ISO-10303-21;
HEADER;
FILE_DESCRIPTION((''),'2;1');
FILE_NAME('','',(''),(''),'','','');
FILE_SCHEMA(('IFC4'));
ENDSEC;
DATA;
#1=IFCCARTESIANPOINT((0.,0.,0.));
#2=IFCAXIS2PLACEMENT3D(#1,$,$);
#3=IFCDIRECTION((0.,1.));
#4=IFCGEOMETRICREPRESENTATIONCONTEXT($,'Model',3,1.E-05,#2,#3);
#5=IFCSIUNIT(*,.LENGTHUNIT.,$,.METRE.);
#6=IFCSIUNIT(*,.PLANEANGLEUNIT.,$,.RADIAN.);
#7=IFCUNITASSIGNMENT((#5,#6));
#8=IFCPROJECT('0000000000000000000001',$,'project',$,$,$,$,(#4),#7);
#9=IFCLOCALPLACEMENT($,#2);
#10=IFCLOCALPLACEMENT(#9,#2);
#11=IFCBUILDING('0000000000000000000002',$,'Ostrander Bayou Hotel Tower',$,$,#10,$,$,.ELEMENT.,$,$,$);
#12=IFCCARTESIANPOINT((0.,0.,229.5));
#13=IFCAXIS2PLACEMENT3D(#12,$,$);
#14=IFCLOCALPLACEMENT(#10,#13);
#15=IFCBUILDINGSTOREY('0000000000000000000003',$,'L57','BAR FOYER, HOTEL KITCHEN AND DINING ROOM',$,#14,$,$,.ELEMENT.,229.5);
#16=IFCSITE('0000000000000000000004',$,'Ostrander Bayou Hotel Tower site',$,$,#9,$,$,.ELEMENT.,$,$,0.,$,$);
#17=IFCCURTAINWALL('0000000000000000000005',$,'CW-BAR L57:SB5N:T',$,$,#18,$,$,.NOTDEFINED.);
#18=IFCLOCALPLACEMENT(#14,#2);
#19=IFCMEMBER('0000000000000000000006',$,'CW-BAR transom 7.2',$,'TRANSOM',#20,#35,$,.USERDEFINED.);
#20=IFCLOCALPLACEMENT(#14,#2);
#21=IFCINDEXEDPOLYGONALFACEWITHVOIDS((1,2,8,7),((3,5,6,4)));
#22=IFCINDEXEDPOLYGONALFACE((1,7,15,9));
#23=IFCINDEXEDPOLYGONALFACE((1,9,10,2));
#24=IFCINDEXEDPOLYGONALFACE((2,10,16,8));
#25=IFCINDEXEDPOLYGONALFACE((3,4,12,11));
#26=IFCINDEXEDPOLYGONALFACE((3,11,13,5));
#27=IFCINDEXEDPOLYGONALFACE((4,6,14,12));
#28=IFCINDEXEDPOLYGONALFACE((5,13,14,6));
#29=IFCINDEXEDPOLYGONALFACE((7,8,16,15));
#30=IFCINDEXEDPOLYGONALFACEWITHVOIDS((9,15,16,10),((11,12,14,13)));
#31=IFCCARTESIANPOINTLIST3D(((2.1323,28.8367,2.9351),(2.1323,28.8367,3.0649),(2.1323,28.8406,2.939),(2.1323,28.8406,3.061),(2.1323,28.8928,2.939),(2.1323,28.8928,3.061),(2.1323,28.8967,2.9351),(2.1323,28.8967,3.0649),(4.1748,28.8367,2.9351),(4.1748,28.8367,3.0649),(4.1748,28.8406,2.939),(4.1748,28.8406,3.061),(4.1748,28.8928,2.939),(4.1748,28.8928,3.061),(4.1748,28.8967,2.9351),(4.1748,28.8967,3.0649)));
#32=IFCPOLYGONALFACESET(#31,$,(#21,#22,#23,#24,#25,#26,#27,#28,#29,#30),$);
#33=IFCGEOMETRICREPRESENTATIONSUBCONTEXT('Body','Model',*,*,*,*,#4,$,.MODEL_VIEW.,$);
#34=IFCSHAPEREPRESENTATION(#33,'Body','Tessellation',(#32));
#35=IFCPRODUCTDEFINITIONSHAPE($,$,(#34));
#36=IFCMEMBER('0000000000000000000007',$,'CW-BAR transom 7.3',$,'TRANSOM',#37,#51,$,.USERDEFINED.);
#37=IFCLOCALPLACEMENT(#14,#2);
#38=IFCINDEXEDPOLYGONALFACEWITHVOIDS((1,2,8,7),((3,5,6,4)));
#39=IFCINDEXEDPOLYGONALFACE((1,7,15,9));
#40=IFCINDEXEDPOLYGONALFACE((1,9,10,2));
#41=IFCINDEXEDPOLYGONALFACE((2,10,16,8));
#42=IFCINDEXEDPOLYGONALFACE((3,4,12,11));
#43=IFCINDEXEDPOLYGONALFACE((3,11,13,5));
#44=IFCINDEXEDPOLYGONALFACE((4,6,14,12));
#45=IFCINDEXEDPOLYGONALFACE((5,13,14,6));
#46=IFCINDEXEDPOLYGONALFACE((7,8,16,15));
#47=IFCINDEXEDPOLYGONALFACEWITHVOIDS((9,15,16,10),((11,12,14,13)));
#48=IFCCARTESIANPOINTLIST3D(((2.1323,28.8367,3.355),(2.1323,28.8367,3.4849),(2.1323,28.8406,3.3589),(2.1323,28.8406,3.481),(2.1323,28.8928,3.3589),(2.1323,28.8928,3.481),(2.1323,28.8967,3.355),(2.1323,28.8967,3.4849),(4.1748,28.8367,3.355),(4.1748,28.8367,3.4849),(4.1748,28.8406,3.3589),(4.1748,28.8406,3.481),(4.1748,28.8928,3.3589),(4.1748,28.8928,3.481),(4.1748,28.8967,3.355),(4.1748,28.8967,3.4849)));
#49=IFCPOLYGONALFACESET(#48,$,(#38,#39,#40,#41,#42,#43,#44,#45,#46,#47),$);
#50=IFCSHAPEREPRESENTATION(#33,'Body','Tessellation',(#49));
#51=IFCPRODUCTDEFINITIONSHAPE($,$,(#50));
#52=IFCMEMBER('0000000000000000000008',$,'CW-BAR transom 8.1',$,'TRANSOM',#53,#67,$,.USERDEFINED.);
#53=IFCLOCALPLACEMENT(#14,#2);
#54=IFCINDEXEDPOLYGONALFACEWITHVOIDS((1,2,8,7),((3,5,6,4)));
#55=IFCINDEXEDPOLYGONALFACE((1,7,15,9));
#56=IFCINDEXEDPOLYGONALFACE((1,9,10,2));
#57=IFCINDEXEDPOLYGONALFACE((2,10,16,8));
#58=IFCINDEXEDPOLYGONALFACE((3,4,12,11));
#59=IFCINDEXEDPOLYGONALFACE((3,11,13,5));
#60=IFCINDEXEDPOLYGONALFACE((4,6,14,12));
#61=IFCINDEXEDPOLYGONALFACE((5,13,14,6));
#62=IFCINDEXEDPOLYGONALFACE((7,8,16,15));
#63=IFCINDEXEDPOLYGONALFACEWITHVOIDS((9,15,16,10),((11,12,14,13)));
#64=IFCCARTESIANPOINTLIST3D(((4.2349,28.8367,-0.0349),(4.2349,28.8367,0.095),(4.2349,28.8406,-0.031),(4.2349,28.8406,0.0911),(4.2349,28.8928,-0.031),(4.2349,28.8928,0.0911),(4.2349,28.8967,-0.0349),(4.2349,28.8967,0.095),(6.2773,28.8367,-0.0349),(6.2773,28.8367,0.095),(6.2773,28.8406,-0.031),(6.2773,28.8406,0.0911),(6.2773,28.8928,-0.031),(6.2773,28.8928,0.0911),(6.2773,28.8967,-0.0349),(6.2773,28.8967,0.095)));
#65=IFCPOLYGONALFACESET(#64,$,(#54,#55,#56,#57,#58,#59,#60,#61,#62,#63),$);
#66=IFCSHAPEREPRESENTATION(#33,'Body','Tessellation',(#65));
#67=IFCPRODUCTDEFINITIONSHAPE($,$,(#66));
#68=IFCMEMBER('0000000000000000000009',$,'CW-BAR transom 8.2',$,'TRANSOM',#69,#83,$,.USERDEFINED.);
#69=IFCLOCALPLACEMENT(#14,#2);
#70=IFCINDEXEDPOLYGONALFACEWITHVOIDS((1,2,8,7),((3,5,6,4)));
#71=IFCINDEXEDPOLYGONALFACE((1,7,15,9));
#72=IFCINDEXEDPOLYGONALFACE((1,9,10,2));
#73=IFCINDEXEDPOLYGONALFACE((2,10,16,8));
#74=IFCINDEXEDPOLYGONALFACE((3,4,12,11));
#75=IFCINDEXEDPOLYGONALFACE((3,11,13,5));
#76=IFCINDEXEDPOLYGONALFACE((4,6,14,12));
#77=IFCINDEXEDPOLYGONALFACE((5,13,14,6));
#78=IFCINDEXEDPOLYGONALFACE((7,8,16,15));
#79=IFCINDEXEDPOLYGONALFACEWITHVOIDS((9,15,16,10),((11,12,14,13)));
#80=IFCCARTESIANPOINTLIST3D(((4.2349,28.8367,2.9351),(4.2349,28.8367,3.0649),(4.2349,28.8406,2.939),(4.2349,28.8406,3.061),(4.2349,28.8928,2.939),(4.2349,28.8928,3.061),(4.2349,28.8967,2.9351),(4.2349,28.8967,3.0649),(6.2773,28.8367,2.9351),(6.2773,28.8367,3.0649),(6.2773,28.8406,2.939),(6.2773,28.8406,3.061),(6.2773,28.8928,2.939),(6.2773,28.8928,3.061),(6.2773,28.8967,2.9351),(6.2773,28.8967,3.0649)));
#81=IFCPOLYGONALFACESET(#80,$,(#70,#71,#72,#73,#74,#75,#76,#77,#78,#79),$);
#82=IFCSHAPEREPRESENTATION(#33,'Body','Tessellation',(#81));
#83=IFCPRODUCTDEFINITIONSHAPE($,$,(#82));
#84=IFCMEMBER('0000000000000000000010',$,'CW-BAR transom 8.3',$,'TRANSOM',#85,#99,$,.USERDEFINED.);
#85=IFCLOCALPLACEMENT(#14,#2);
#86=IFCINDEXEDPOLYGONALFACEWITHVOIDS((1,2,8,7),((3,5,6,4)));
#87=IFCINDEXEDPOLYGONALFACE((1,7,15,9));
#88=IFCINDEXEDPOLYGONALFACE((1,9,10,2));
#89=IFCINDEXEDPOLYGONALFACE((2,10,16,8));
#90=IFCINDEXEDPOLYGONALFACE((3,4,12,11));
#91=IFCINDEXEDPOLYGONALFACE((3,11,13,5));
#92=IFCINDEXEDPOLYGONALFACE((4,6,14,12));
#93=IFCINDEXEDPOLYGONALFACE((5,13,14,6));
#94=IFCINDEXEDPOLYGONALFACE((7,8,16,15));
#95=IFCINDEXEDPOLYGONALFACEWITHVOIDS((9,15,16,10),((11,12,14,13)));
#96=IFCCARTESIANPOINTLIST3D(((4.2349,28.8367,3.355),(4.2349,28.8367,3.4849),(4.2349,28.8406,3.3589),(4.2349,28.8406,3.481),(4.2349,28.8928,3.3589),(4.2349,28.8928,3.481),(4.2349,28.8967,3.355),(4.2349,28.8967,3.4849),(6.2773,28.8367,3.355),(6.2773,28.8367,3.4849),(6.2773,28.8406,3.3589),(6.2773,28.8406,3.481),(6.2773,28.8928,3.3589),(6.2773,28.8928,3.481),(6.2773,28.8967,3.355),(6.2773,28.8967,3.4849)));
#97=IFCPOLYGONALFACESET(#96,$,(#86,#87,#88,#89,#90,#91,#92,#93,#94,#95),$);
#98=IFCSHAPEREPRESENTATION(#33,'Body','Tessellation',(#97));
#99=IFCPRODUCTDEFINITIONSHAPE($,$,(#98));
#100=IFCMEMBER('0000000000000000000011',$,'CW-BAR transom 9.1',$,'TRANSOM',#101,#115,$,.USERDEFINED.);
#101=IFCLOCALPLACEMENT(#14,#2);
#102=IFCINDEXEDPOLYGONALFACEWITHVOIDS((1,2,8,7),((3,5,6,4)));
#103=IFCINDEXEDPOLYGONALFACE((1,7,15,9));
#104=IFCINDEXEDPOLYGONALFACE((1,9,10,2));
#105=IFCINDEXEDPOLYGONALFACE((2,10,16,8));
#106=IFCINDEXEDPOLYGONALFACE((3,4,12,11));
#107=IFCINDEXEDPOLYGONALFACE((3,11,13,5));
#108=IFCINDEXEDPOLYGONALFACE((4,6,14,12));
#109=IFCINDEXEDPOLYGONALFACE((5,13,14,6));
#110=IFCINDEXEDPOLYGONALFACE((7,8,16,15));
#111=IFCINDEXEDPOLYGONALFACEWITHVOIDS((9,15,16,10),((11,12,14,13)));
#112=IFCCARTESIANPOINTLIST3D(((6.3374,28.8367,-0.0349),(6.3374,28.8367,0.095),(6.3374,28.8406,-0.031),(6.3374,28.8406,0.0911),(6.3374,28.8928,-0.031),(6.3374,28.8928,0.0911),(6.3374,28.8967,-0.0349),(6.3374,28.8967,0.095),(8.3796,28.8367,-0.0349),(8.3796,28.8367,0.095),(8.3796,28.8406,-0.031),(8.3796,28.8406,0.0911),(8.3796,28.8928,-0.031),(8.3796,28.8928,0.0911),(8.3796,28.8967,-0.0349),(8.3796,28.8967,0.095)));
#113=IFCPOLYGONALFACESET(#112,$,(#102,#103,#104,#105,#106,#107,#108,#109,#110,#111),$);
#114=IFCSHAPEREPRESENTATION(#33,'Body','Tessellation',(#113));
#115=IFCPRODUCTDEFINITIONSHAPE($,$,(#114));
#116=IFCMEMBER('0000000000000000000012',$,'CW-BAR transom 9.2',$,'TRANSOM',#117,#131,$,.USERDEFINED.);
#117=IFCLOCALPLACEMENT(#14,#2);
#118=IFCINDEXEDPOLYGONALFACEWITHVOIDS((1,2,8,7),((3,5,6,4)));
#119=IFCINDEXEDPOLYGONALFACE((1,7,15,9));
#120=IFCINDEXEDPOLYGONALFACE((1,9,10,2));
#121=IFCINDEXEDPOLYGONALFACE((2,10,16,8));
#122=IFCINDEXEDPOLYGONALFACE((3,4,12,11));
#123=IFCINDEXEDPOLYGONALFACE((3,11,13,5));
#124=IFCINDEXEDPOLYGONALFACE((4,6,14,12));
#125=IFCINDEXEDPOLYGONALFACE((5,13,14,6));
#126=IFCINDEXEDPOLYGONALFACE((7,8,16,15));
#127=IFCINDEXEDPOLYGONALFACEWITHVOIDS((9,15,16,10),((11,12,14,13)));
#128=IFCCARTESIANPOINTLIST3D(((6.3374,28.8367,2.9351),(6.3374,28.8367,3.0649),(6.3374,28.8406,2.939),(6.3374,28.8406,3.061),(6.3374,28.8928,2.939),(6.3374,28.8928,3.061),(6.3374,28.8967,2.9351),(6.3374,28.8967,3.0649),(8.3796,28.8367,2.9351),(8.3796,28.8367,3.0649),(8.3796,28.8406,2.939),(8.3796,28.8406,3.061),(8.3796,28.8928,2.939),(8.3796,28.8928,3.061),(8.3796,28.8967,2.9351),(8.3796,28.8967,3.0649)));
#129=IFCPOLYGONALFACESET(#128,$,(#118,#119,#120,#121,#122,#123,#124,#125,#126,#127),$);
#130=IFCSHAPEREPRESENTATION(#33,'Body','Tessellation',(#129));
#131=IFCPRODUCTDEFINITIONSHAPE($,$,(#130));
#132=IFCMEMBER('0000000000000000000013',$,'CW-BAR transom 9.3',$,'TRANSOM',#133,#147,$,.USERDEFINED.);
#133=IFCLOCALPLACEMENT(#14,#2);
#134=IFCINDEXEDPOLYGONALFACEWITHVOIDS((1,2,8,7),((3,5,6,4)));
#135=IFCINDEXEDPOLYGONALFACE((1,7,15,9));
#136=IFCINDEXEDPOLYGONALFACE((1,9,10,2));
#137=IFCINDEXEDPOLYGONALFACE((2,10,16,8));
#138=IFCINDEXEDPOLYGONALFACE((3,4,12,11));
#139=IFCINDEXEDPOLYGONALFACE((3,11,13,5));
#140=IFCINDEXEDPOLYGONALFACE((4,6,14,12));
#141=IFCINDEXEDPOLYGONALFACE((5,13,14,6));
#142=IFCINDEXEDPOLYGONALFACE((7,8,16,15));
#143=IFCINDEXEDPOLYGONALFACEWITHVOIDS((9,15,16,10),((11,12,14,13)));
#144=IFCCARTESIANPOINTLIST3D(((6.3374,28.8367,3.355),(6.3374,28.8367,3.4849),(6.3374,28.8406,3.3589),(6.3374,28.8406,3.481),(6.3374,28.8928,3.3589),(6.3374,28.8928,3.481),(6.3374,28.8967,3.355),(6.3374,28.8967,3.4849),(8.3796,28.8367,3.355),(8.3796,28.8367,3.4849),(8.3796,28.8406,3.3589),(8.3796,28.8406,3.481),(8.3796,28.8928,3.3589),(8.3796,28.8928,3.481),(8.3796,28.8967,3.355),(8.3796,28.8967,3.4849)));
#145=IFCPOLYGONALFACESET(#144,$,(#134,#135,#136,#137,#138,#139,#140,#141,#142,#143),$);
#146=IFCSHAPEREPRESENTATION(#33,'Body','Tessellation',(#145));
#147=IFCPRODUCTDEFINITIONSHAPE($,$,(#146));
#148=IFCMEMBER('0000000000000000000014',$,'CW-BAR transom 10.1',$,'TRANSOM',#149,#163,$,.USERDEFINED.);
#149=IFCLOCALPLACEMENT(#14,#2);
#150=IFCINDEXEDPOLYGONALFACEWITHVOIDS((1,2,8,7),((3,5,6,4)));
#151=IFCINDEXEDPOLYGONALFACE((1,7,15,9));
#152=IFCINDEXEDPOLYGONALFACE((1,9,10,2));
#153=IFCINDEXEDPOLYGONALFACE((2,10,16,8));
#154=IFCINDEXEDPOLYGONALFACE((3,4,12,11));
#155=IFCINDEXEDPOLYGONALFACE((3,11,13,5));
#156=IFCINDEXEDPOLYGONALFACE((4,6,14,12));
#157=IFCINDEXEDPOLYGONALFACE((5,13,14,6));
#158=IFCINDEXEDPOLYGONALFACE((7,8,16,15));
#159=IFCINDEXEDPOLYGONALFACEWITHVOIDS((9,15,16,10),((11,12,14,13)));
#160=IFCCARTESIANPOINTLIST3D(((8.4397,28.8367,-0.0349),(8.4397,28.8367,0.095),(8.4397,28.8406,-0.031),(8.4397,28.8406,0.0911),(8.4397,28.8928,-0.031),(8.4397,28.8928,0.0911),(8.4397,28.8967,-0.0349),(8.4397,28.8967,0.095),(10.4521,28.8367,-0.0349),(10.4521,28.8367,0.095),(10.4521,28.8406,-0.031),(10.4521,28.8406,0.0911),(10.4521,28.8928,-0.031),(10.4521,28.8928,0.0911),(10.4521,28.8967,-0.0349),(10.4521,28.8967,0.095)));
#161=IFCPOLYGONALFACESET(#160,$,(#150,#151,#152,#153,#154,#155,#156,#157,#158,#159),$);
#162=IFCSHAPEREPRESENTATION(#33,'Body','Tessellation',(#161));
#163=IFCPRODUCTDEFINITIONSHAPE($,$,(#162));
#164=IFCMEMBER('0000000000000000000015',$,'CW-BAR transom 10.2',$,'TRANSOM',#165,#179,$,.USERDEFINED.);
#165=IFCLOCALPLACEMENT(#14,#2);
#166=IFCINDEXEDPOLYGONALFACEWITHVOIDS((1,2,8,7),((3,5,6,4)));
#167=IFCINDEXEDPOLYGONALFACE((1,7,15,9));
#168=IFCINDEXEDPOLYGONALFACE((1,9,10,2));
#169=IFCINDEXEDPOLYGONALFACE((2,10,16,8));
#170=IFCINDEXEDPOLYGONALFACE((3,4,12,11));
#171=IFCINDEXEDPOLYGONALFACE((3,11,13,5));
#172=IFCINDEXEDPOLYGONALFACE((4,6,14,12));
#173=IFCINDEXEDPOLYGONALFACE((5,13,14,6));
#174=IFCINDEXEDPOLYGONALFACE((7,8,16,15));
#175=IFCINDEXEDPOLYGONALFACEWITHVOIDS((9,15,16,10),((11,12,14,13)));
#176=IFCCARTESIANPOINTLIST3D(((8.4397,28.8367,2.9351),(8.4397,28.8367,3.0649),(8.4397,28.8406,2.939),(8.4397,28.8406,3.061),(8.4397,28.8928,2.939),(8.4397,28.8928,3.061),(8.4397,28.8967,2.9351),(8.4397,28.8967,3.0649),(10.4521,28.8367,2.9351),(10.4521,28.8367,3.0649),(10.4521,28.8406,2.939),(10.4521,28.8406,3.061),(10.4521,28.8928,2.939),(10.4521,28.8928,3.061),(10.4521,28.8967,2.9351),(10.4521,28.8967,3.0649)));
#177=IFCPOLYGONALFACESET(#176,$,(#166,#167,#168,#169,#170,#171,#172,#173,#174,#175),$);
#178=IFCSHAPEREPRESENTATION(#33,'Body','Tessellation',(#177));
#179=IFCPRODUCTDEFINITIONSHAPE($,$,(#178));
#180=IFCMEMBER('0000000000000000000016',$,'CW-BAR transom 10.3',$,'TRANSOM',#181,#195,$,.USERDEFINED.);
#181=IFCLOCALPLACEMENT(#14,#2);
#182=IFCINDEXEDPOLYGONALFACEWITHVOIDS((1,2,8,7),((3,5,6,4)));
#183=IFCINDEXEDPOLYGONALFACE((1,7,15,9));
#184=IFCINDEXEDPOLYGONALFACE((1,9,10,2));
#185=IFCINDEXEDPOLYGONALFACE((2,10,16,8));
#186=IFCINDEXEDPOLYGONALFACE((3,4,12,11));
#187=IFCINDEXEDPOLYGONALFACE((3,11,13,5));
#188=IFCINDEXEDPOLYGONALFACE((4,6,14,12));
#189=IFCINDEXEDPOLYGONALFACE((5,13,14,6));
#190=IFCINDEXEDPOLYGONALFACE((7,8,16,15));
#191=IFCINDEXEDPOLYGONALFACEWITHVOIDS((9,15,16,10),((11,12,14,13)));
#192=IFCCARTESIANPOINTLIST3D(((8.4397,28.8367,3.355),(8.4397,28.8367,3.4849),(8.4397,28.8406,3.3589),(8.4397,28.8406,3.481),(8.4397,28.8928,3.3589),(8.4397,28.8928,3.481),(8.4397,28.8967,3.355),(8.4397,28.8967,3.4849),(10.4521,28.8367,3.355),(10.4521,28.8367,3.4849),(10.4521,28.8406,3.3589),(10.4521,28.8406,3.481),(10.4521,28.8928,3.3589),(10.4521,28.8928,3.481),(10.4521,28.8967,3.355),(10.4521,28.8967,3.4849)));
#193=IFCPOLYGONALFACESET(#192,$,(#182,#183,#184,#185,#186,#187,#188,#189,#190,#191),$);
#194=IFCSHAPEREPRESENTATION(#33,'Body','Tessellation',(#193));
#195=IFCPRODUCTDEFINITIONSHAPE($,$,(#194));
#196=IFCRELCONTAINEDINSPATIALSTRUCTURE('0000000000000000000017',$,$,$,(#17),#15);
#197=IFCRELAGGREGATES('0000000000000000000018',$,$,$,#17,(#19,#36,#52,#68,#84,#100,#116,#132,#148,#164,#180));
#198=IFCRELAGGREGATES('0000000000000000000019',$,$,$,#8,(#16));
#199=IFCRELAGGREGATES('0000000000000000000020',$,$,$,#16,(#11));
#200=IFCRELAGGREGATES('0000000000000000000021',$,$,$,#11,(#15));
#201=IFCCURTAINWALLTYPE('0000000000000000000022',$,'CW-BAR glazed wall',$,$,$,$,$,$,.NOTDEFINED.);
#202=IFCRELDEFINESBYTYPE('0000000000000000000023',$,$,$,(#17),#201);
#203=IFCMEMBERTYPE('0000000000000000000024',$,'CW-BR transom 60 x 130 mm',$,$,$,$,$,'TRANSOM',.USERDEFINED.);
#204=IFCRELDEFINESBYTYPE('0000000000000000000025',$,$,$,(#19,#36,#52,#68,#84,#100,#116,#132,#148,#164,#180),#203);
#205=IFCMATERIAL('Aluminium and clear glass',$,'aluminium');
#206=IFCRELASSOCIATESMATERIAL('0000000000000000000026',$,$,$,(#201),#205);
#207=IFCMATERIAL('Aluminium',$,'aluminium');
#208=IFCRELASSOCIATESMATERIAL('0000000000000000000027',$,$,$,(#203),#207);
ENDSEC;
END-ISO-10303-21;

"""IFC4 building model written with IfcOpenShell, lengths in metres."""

from ifc_helpers import new_model, si_unit, direction, frame, origin, origin_2d, place, context, subcontext, project, spatial, hollow_rectangle, extrude, material, material_profile, profile_set, type_object, element, aggregate, save


model = new_model("IFC4")

# Units and contexts
model_context = context("Model", 3, precision=1e-05, world=origin(), true_north=direction((0.0, 1.0)))
body_context = subcontext(model_context, "Body", "Model", "MODEL_VIEW")
ifc_project = project(units=[si_unit("LENGTHUNIT", "METRE"), si_unit("PLANEANGLEUNIT", "RADIAN")], contexts=[model_context])

# Site, building, storey
site_placement = place(None, origin())
site = spatial("IfcSite", under=ifc_project, at=site_placement, Name="Ostrander Bayou Hotel Tower site", CompositionType="ELEMENT", RefElevation=0.0)
building_placement = place(site_placement, origin())
building = spatial("IfcBuilding", under=site, at=building_placement, Name="Ostrander Bayou Hotel Tower", CompositionType="ELEMENT")
storey_placement = place(building_placement, frame((0.0, 0.0, 229.5)))
storey = spatial("IfcBuildingStorey", under=building, at=storey_placement, Name="L57", Description="BAR FOYER, HOTEL KITCHEN AND DINING ROOM", CompositionType="ELEMENT", Elevation=229.5)

# Curtain wall
ifc_material_1 = material(Name="Aluminium and clear glass", Category="aluminium")
curtain_wall_type = type_object("IfcCurtainWallType", Name="CW-BAR glazed wall", PredefinedType="NOTDEFINED", material=ifc_material_1)
curtain_wall_1_placement = place(storey_placement, origin())
curtain_wall_1 = element("IfcCurtainWall", 1, at=curtain_wall_1_placement, inside=storey, type_object=curtain_wall_type, Name="CW-BAR L57:SB5N:T", PredefinedType="NOTDEFINED")

# Members
ifc_material_2 = material(Name="Aluminium", Category="aluminium")
ifc_material_profile_1 = material_profile(ifc_material_2, hollow_rectangle(XDim=0.0601, YDim=0.1299, WallThickness=0.0039, at=origin_2d()))
ifc_profile_set_1 = profile_set([ifc_material_profile_1], Name="Aluminium")
member_type_1 = type_object("IfcMemberType", Name="CW-BR transom 60 x 130 mm", ElementType="TRANSOM", PredefinedType="USERDEFINED", material=ifc_profile_set_1)
member_1_placement = place(storey_placement, frame((2.1323, 28.8667, 3.0), z_axis=(1.0, 0.0, 0.0), x_axis=(0.0, 1.0, 0.0)))
member_1 = element("IfcMember", 2, at=member_1_placement, type_object=member_type_1, Name="CW-BAR transom 7.2", ObjectType="TRANSOM", PredefinedType="USERDEFINED", context=body_context, shape_type="SweptSolid", body=[
    extrude(hollow_rectangle(XDim=0.0601, YDim=0.1299, WallThickness=0.0039, at=origin_2d()), origin(), (0.0, 0.0, 1.0), 2.0425),
])
member_2_placement = place(storey_placement, frame((2.1323, 28.8667, 3.4199), z_axis=(1.0, 0.0, 0.0), x_axis=(0.0, 1.0, 0.0)))
member_2 = element("IfcMember", 3, at=member_2_placement, type_object=member_type_1, Name="CW-BAR transom 7.3", ObjectType="TRANSOM", PredefinedType="USERDEFINED", context=body_context, shape_type="SweptSolid", body=[
    extrude(hollow_rectangle(XDim=0.0601, YDim=0.1299, WallThickness=0.0039, at=origin_2d()), origin(), (0.0, 0.0, 1.0), 2.0425),
])
member_3_placement = place(storey_placement, frame((4.2349, 28.8667, 0.03), z_axis=(1.0, 0.0, 0.0), x_axis=(0.0, 1.0, 0.0)))
member_3 = element("IfcMember", 4, at=member_3_placement, type_object=member_type_1, Name="CW-BAR transom 8.1", ObjectType="TRANSOM", PredefinedType="USERDEFINED", context=body_context, shape_type="SweptSolid", body=[
    extrude(hollow_rectangle(XDim=0.0601, YDim=0.1299, WallThickness=0.0039, at=origin_2d()), origin(), (0.0, 0.0, 1.0), 2.0425),
])
member_4_placement = place(storey_placement, frame((4.2349, 28.8667, 3.0), z_axis=(1.0, 0.0, 0.0), x_axis=(0.0, 1.0, 0.0)))
member_4 = element("IfcMember", 5, at=member_4_placement, type_object=member_type_1, Name="CW-BAR transom 8.2", ObjectType="TRANSOM", PredefinedType="USERDEFINED", context=body_context, shape_type="SweptSolid", body=[
    extrude(hollow_rectangle(XDim=0.0601, YDim=0.1299, WallThickness=0.0039, at=origin_2d()), origin(), (0.0, 0.0, 1.0), 2.0425),
])
member_5_placement = place(storey_placement, frame((4.2349, 28.8667, 3.4199), z_axis=(1.0, 0.0, 0.0), x_axis=(0.0, 1.0, 0.0)))
member_5 = element("IfcMember", 6, at=member_5_placement, type_object=member_type_1, Name="CW-BAR transom 8.3", ObjectType="TRANSOM", PredefinedType="USERDEFINED", context=body_context, shape_type="SweptSolid", body=[
    extrude(hollow_rectangle(XDim=0.0601, YDim=0.1299, WallThickness=0.0039, at=origin_2d()), origin(), (0.0, 0.0, 1.0), 2.0425),
])
member_6_placement = place(storey_placement, frame((6.3374, 28.8667, 0.03), z_axis=(1.0, 0.0, 0.0), x_axis=(0.0, 1.0, 0.0)))
member_6 = element("IfcMember", 7, at=member_6_placement, type_object=member_type_1, Name="CW-BAR transom 9.1", ObjectType="TRANSOM", PredefinedType="USERDEFINED", context=body_context, shape_type="SweptSolid", body=[
    extrude(hollow_rectangle(XDim=0.0601, YDim=0.1299, WallThickness=0.0039, at=origin_2d()), origin(), (0.0, 0.0, 1.0), 2.0422),
])
member_7_placement = place(storey_placement, frame((6.3374, 28.8667, 3.0), z_axis=(1.0, 0.0, 0.0), x_axis=(0.0, 1.0, 0.0)))
member_7 = element("IfcMember", 8, at=member_7_placement, type_object=member_type_1, Name="CW-BAR transom 9.2", ObjectType="TRANSOM", PredefinedType="USERDEFINED", context=body_context, shape_type="SweptSolid", body=[
    extrude(hollow_rectangle(XDim=0.0601, YDim=0.1299, WallThickness=0.0039, at=origin_2d()), origin(), (0.0, 0.0, 1.0), 2.0422),
])
member_8_placement = place(storey_placement, frame((6.3374, 28.8667, 3.4199), z_axis=(1.0, 0.0, 0.0), x_axis=(0.0, 1.0, 0.0)))
member_8 = element("IfcMember", 9, at=member_8_placement, type_object=member_type_1, Name="CW-BAR transom 9.3", ObjectType="TRANSOM", PredefinedType="USERDEFINED", context=body_context, shape_type="SweptSolid", body=[
    extrude(hollow_rectangle(XDim=0.0601, YDim=0.1299, WallThickness=0.0039, at=origin_2d()), origin(), (0.0, 0.0, 1.0), 2.0422),
])
member_9_placement = place(storey_placement, frame((8.4397, 28.8667, 0.03), z_axis=(1.0, 0.0, 0.0), x_axis=(0.0, 1.0, 0.0)))
member_9 = element("IfcMember", 10, at=member_9_placement, type_object=member_type_1, Name="CW-BAR transom 10.1", ObjectType="TRANSOM", PredefinedType="USERDEFINED", context=body_context, shape_type="SweptSolid", body=[
    extrude(hollow_rectangle(XDim=0.0601, YDim=0.1299, WallThickness=0.0039, at=origin_2d()), origin(), (0.0, 0.0, 1.0), 2.0125),
])
member_10_placement = place(storey_placement, frame((8.4397, 28.8667, 3.0), z_axis=(1.0, 0.0, 0.0), x_axis=(0.0, 1.0, 0.0)))
member_10 = element("IfcMember", 11, at=member_10_placement, type_object=member_type_1, Name="CW-BAR transom 10.2", ObjectType="TRANSOM", PredefinedType="USERDEFINED", context=body_context, shape_type="SweptSolid", body=[
    extrude(hollow_rectangle(XDim=0.0601, YDim=0.1299, WallThickness=0.0039, at=origin_2d()), origin(), (0.0, 0.0, 1.0), 2.0125),
])
member_11_placement = place(storey_placement, frame((8.4397, 28.8667, 3.4199), z_axis=(1.0, 0.0, 0.0), x_axis=(0.0, 1.0, 0.0)))
member_11 = element("IfcMember", 12, at=member_11_placement, type_object=member_type_1, Name="CW-BAR transom 10.3", ObjectType="TRANSOM", PredefinedType="USERDEFINED", context=body_context, shape_type="SweptSolid", body=[
    extrude(hollow_rectangle(XDim=0.0601, YDim=0.1299, WallThickness=0.0039, at=origin_2d()), origin(), (0.0, 0.0, 1.0), 2.0125),
])

aggregate(curtain_wall_1, [member_1, member_2, member_3, member_4, member_5, member_6, member_7, member_8, member_9, member_10, member_11])

save(model, "model.ifc")
